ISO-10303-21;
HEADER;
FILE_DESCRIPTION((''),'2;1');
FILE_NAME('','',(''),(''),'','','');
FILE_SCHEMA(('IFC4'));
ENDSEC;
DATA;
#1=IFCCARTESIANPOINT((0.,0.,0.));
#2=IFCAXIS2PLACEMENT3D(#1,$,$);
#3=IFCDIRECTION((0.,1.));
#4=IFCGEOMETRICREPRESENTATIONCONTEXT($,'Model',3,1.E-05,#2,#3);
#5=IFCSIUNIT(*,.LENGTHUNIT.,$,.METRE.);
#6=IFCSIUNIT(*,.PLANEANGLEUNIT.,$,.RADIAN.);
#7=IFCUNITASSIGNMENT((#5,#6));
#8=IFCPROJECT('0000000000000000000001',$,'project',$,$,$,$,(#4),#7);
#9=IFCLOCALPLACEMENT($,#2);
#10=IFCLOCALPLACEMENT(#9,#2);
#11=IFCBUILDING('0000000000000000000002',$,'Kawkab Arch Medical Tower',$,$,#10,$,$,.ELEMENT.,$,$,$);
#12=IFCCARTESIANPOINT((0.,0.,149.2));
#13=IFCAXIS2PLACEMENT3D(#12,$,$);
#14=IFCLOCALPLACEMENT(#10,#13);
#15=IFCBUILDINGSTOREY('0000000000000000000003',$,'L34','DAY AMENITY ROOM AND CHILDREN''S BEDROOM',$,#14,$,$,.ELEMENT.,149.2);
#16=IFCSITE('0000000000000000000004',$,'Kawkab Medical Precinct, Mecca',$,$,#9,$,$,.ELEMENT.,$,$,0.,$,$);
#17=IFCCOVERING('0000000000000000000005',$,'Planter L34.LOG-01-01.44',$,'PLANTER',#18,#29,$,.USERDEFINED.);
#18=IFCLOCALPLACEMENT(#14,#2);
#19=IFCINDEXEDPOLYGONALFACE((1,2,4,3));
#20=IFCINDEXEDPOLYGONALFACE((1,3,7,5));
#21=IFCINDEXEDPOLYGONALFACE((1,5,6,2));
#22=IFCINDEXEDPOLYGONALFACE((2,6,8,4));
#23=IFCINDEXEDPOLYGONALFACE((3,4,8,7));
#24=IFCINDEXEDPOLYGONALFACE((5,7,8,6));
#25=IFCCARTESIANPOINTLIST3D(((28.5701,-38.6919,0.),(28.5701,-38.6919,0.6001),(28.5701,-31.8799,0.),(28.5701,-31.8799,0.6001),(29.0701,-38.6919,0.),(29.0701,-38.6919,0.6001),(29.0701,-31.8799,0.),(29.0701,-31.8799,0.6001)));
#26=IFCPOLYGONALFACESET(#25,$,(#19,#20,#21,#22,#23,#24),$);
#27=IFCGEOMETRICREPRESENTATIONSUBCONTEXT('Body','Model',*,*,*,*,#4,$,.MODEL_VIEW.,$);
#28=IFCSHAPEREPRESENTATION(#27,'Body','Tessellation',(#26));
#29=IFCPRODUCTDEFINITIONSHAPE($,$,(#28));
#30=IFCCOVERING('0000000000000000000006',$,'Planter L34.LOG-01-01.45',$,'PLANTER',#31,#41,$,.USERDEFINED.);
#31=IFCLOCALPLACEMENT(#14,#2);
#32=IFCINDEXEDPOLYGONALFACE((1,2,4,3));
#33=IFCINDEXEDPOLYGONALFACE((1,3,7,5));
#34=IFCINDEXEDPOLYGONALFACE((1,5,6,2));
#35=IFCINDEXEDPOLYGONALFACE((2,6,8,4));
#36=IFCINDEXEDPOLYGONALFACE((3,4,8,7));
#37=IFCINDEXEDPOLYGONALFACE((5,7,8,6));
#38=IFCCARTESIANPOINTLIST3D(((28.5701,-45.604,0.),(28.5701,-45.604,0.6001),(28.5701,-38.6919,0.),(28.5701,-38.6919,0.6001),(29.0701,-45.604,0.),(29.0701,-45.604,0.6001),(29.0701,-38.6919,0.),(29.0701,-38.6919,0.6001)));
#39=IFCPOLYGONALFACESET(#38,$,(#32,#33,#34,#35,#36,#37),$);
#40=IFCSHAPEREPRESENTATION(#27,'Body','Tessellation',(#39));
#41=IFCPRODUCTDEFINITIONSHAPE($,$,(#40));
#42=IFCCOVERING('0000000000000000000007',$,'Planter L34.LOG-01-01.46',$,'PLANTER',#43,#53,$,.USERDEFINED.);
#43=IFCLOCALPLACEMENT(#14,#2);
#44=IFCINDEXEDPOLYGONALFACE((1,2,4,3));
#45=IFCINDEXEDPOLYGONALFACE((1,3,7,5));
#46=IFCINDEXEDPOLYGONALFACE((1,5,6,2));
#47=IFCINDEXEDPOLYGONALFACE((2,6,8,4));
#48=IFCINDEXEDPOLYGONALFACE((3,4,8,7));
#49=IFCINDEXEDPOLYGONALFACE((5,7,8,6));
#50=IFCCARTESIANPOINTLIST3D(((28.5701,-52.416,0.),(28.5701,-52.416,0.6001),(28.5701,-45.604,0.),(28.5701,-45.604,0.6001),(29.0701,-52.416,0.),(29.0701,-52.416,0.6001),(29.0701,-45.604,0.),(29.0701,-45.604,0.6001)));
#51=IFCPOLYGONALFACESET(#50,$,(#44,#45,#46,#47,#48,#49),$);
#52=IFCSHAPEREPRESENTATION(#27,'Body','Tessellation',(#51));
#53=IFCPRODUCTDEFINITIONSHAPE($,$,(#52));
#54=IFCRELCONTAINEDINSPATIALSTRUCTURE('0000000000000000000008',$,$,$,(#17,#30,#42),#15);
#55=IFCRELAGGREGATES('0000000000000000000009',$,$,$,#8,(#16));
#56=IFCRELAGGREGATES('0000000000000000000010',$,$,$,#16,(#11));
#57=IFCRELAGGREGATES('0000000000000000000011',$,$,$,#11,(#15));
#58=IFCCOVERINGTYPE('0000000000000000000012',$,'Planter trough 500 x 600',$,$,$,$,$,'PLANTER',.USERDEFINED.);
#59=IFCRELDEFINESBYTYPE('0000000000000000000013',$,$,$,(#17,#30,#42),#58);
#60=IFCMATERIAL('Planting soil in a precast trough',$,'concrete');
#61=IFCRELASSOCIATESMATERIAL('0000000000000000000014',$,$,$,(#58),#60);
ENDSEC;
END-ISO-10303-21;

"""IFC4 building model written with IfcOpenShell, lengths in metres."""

from ifc_helpers import new_model, si_unit, direction, frame, origin, origin_2d, place, context, subcontext, project, spatial, rectangle, extrude, material, material_profile, profile_set, type_object, element, save


model = new_model("IFC4")

# Units and contexts
model_context = context("Model", 3, precision=1e-05, world=origin(), true_north=direction((0.0, 1.0)))
body_context = subcontext(model_context, "Body", "Model", "MODEL_VIEW")
ifc_project = project(units=[si_unit("LENGTHUNIT", "METRE"), si_unit("PLANEANGLEUNIT", "RADIAN")], contexts=[model_context])

# Site, building, storey
site_placement = place(None, origin())
site = spatial("IfcSite", under=ifc_project, at=site_placement, Name="Kawkab Medical Precinct, Mecca", CompositionType="ELEMENT", RefElevation=0.0)
building_placement = place(site_placement, origin())
building = spatial("IfcBuilding", under=site, at=building_placement, Name="Kawkab Arch Medical Tower", CompositionType="ELEMENT")
storey_placement = place(building_placement, frame((0.0, 0.0, 149.2)))
storey = spatial("IfcBuildingStorey", under=building, at=storey_placement, Name="L34", Description="DAY AMENITY ROOM AND CHILDREN'S BEDROOM", CompositionType="ELEMENT", Elevation=149.2)

# Coverings
ifc_material_1 = material(Name="Planting soil in a precast trough", Category="concrete")
ifc_material_profile_1 = material_profile(ifc_material_1, rectangle(XDim=0.5, YDim=0.6001, at=origin_2d()), Name="Trough 500x600")
ifc_profile_set_1 = profile_set([ifc_material_profile_1], Name="Planting soil in a precast trough")
covering_type = type_object("IfcCoveringType", Name="Planter trough 500 x 600", ElementType="PLANTER", PredefinedType="USERDEFINED", material=ifc_profile_set_1)
covering_1_placement = place(storey_placement, frame((28.8201, -31.8799, 0.3), z_axis=(0.0, -1.0, 0.0), x_axis=(1.0, 0.0, 0.0)))
element("IfcCovering", 1, at=covering_1_placement, inside=storey, type_object=covering_type, Name="Planter L34.LOG-01-01.44", ObjectType="PLANTER", PredefinedType="USERDEFINED", context=body_context, shape_type="SweptSolid", body=[
    extrude(rectangle(XDim=0.5, YDim=0.6001, at=origin_2d()), origin(), (0.0, 0.0, 1.0), 6.812),
])
covering_2_placement = place(storey_placement, frame((28.8201, -38.6919, 0.3), z_axis=(0.0, -1.0, 0.0), x_axis=(1.0, 0.0, 0.0)))
element("IfcCovering", 2, at=covering_2_placement, inside=storey, type_object=covering_type, Name="Planter L34.LOG-01-01.45", ObjectType="PLANTER", PredefinedType="USERDEFINED", context=body_context, shape_type="SweptSolid", body=[
    extrude(rectangle(XDim=0.5, YDim=0.6001, at=origin_2d()), origin(), (0.0, 0.0, 1.0), 6.9121),
])
covering_3_placement = place(storey_placement, frame((28.8201, -45.604, 0.3), z_axis=(0.0, -1.0, 0.0), x_axis=(1.0, 0.0, 0.0)))
element("IfcCovering", 3, at=covering_3_placement, inside=storey, type_object=covering_type, Name="Planter L34.LOG-01-01.46", ObjectType="PLANTER", PredefinedType="USERDEFINED", context=body_context, shape_type="SweptSolid", body=[
    extrude(rectangle(XDim=0.5, YDim=0.6001, at=origin_2d()), origin(), (0.0, 0.0, 1.0), 6.812),
])

save(model, "model.ifc")
